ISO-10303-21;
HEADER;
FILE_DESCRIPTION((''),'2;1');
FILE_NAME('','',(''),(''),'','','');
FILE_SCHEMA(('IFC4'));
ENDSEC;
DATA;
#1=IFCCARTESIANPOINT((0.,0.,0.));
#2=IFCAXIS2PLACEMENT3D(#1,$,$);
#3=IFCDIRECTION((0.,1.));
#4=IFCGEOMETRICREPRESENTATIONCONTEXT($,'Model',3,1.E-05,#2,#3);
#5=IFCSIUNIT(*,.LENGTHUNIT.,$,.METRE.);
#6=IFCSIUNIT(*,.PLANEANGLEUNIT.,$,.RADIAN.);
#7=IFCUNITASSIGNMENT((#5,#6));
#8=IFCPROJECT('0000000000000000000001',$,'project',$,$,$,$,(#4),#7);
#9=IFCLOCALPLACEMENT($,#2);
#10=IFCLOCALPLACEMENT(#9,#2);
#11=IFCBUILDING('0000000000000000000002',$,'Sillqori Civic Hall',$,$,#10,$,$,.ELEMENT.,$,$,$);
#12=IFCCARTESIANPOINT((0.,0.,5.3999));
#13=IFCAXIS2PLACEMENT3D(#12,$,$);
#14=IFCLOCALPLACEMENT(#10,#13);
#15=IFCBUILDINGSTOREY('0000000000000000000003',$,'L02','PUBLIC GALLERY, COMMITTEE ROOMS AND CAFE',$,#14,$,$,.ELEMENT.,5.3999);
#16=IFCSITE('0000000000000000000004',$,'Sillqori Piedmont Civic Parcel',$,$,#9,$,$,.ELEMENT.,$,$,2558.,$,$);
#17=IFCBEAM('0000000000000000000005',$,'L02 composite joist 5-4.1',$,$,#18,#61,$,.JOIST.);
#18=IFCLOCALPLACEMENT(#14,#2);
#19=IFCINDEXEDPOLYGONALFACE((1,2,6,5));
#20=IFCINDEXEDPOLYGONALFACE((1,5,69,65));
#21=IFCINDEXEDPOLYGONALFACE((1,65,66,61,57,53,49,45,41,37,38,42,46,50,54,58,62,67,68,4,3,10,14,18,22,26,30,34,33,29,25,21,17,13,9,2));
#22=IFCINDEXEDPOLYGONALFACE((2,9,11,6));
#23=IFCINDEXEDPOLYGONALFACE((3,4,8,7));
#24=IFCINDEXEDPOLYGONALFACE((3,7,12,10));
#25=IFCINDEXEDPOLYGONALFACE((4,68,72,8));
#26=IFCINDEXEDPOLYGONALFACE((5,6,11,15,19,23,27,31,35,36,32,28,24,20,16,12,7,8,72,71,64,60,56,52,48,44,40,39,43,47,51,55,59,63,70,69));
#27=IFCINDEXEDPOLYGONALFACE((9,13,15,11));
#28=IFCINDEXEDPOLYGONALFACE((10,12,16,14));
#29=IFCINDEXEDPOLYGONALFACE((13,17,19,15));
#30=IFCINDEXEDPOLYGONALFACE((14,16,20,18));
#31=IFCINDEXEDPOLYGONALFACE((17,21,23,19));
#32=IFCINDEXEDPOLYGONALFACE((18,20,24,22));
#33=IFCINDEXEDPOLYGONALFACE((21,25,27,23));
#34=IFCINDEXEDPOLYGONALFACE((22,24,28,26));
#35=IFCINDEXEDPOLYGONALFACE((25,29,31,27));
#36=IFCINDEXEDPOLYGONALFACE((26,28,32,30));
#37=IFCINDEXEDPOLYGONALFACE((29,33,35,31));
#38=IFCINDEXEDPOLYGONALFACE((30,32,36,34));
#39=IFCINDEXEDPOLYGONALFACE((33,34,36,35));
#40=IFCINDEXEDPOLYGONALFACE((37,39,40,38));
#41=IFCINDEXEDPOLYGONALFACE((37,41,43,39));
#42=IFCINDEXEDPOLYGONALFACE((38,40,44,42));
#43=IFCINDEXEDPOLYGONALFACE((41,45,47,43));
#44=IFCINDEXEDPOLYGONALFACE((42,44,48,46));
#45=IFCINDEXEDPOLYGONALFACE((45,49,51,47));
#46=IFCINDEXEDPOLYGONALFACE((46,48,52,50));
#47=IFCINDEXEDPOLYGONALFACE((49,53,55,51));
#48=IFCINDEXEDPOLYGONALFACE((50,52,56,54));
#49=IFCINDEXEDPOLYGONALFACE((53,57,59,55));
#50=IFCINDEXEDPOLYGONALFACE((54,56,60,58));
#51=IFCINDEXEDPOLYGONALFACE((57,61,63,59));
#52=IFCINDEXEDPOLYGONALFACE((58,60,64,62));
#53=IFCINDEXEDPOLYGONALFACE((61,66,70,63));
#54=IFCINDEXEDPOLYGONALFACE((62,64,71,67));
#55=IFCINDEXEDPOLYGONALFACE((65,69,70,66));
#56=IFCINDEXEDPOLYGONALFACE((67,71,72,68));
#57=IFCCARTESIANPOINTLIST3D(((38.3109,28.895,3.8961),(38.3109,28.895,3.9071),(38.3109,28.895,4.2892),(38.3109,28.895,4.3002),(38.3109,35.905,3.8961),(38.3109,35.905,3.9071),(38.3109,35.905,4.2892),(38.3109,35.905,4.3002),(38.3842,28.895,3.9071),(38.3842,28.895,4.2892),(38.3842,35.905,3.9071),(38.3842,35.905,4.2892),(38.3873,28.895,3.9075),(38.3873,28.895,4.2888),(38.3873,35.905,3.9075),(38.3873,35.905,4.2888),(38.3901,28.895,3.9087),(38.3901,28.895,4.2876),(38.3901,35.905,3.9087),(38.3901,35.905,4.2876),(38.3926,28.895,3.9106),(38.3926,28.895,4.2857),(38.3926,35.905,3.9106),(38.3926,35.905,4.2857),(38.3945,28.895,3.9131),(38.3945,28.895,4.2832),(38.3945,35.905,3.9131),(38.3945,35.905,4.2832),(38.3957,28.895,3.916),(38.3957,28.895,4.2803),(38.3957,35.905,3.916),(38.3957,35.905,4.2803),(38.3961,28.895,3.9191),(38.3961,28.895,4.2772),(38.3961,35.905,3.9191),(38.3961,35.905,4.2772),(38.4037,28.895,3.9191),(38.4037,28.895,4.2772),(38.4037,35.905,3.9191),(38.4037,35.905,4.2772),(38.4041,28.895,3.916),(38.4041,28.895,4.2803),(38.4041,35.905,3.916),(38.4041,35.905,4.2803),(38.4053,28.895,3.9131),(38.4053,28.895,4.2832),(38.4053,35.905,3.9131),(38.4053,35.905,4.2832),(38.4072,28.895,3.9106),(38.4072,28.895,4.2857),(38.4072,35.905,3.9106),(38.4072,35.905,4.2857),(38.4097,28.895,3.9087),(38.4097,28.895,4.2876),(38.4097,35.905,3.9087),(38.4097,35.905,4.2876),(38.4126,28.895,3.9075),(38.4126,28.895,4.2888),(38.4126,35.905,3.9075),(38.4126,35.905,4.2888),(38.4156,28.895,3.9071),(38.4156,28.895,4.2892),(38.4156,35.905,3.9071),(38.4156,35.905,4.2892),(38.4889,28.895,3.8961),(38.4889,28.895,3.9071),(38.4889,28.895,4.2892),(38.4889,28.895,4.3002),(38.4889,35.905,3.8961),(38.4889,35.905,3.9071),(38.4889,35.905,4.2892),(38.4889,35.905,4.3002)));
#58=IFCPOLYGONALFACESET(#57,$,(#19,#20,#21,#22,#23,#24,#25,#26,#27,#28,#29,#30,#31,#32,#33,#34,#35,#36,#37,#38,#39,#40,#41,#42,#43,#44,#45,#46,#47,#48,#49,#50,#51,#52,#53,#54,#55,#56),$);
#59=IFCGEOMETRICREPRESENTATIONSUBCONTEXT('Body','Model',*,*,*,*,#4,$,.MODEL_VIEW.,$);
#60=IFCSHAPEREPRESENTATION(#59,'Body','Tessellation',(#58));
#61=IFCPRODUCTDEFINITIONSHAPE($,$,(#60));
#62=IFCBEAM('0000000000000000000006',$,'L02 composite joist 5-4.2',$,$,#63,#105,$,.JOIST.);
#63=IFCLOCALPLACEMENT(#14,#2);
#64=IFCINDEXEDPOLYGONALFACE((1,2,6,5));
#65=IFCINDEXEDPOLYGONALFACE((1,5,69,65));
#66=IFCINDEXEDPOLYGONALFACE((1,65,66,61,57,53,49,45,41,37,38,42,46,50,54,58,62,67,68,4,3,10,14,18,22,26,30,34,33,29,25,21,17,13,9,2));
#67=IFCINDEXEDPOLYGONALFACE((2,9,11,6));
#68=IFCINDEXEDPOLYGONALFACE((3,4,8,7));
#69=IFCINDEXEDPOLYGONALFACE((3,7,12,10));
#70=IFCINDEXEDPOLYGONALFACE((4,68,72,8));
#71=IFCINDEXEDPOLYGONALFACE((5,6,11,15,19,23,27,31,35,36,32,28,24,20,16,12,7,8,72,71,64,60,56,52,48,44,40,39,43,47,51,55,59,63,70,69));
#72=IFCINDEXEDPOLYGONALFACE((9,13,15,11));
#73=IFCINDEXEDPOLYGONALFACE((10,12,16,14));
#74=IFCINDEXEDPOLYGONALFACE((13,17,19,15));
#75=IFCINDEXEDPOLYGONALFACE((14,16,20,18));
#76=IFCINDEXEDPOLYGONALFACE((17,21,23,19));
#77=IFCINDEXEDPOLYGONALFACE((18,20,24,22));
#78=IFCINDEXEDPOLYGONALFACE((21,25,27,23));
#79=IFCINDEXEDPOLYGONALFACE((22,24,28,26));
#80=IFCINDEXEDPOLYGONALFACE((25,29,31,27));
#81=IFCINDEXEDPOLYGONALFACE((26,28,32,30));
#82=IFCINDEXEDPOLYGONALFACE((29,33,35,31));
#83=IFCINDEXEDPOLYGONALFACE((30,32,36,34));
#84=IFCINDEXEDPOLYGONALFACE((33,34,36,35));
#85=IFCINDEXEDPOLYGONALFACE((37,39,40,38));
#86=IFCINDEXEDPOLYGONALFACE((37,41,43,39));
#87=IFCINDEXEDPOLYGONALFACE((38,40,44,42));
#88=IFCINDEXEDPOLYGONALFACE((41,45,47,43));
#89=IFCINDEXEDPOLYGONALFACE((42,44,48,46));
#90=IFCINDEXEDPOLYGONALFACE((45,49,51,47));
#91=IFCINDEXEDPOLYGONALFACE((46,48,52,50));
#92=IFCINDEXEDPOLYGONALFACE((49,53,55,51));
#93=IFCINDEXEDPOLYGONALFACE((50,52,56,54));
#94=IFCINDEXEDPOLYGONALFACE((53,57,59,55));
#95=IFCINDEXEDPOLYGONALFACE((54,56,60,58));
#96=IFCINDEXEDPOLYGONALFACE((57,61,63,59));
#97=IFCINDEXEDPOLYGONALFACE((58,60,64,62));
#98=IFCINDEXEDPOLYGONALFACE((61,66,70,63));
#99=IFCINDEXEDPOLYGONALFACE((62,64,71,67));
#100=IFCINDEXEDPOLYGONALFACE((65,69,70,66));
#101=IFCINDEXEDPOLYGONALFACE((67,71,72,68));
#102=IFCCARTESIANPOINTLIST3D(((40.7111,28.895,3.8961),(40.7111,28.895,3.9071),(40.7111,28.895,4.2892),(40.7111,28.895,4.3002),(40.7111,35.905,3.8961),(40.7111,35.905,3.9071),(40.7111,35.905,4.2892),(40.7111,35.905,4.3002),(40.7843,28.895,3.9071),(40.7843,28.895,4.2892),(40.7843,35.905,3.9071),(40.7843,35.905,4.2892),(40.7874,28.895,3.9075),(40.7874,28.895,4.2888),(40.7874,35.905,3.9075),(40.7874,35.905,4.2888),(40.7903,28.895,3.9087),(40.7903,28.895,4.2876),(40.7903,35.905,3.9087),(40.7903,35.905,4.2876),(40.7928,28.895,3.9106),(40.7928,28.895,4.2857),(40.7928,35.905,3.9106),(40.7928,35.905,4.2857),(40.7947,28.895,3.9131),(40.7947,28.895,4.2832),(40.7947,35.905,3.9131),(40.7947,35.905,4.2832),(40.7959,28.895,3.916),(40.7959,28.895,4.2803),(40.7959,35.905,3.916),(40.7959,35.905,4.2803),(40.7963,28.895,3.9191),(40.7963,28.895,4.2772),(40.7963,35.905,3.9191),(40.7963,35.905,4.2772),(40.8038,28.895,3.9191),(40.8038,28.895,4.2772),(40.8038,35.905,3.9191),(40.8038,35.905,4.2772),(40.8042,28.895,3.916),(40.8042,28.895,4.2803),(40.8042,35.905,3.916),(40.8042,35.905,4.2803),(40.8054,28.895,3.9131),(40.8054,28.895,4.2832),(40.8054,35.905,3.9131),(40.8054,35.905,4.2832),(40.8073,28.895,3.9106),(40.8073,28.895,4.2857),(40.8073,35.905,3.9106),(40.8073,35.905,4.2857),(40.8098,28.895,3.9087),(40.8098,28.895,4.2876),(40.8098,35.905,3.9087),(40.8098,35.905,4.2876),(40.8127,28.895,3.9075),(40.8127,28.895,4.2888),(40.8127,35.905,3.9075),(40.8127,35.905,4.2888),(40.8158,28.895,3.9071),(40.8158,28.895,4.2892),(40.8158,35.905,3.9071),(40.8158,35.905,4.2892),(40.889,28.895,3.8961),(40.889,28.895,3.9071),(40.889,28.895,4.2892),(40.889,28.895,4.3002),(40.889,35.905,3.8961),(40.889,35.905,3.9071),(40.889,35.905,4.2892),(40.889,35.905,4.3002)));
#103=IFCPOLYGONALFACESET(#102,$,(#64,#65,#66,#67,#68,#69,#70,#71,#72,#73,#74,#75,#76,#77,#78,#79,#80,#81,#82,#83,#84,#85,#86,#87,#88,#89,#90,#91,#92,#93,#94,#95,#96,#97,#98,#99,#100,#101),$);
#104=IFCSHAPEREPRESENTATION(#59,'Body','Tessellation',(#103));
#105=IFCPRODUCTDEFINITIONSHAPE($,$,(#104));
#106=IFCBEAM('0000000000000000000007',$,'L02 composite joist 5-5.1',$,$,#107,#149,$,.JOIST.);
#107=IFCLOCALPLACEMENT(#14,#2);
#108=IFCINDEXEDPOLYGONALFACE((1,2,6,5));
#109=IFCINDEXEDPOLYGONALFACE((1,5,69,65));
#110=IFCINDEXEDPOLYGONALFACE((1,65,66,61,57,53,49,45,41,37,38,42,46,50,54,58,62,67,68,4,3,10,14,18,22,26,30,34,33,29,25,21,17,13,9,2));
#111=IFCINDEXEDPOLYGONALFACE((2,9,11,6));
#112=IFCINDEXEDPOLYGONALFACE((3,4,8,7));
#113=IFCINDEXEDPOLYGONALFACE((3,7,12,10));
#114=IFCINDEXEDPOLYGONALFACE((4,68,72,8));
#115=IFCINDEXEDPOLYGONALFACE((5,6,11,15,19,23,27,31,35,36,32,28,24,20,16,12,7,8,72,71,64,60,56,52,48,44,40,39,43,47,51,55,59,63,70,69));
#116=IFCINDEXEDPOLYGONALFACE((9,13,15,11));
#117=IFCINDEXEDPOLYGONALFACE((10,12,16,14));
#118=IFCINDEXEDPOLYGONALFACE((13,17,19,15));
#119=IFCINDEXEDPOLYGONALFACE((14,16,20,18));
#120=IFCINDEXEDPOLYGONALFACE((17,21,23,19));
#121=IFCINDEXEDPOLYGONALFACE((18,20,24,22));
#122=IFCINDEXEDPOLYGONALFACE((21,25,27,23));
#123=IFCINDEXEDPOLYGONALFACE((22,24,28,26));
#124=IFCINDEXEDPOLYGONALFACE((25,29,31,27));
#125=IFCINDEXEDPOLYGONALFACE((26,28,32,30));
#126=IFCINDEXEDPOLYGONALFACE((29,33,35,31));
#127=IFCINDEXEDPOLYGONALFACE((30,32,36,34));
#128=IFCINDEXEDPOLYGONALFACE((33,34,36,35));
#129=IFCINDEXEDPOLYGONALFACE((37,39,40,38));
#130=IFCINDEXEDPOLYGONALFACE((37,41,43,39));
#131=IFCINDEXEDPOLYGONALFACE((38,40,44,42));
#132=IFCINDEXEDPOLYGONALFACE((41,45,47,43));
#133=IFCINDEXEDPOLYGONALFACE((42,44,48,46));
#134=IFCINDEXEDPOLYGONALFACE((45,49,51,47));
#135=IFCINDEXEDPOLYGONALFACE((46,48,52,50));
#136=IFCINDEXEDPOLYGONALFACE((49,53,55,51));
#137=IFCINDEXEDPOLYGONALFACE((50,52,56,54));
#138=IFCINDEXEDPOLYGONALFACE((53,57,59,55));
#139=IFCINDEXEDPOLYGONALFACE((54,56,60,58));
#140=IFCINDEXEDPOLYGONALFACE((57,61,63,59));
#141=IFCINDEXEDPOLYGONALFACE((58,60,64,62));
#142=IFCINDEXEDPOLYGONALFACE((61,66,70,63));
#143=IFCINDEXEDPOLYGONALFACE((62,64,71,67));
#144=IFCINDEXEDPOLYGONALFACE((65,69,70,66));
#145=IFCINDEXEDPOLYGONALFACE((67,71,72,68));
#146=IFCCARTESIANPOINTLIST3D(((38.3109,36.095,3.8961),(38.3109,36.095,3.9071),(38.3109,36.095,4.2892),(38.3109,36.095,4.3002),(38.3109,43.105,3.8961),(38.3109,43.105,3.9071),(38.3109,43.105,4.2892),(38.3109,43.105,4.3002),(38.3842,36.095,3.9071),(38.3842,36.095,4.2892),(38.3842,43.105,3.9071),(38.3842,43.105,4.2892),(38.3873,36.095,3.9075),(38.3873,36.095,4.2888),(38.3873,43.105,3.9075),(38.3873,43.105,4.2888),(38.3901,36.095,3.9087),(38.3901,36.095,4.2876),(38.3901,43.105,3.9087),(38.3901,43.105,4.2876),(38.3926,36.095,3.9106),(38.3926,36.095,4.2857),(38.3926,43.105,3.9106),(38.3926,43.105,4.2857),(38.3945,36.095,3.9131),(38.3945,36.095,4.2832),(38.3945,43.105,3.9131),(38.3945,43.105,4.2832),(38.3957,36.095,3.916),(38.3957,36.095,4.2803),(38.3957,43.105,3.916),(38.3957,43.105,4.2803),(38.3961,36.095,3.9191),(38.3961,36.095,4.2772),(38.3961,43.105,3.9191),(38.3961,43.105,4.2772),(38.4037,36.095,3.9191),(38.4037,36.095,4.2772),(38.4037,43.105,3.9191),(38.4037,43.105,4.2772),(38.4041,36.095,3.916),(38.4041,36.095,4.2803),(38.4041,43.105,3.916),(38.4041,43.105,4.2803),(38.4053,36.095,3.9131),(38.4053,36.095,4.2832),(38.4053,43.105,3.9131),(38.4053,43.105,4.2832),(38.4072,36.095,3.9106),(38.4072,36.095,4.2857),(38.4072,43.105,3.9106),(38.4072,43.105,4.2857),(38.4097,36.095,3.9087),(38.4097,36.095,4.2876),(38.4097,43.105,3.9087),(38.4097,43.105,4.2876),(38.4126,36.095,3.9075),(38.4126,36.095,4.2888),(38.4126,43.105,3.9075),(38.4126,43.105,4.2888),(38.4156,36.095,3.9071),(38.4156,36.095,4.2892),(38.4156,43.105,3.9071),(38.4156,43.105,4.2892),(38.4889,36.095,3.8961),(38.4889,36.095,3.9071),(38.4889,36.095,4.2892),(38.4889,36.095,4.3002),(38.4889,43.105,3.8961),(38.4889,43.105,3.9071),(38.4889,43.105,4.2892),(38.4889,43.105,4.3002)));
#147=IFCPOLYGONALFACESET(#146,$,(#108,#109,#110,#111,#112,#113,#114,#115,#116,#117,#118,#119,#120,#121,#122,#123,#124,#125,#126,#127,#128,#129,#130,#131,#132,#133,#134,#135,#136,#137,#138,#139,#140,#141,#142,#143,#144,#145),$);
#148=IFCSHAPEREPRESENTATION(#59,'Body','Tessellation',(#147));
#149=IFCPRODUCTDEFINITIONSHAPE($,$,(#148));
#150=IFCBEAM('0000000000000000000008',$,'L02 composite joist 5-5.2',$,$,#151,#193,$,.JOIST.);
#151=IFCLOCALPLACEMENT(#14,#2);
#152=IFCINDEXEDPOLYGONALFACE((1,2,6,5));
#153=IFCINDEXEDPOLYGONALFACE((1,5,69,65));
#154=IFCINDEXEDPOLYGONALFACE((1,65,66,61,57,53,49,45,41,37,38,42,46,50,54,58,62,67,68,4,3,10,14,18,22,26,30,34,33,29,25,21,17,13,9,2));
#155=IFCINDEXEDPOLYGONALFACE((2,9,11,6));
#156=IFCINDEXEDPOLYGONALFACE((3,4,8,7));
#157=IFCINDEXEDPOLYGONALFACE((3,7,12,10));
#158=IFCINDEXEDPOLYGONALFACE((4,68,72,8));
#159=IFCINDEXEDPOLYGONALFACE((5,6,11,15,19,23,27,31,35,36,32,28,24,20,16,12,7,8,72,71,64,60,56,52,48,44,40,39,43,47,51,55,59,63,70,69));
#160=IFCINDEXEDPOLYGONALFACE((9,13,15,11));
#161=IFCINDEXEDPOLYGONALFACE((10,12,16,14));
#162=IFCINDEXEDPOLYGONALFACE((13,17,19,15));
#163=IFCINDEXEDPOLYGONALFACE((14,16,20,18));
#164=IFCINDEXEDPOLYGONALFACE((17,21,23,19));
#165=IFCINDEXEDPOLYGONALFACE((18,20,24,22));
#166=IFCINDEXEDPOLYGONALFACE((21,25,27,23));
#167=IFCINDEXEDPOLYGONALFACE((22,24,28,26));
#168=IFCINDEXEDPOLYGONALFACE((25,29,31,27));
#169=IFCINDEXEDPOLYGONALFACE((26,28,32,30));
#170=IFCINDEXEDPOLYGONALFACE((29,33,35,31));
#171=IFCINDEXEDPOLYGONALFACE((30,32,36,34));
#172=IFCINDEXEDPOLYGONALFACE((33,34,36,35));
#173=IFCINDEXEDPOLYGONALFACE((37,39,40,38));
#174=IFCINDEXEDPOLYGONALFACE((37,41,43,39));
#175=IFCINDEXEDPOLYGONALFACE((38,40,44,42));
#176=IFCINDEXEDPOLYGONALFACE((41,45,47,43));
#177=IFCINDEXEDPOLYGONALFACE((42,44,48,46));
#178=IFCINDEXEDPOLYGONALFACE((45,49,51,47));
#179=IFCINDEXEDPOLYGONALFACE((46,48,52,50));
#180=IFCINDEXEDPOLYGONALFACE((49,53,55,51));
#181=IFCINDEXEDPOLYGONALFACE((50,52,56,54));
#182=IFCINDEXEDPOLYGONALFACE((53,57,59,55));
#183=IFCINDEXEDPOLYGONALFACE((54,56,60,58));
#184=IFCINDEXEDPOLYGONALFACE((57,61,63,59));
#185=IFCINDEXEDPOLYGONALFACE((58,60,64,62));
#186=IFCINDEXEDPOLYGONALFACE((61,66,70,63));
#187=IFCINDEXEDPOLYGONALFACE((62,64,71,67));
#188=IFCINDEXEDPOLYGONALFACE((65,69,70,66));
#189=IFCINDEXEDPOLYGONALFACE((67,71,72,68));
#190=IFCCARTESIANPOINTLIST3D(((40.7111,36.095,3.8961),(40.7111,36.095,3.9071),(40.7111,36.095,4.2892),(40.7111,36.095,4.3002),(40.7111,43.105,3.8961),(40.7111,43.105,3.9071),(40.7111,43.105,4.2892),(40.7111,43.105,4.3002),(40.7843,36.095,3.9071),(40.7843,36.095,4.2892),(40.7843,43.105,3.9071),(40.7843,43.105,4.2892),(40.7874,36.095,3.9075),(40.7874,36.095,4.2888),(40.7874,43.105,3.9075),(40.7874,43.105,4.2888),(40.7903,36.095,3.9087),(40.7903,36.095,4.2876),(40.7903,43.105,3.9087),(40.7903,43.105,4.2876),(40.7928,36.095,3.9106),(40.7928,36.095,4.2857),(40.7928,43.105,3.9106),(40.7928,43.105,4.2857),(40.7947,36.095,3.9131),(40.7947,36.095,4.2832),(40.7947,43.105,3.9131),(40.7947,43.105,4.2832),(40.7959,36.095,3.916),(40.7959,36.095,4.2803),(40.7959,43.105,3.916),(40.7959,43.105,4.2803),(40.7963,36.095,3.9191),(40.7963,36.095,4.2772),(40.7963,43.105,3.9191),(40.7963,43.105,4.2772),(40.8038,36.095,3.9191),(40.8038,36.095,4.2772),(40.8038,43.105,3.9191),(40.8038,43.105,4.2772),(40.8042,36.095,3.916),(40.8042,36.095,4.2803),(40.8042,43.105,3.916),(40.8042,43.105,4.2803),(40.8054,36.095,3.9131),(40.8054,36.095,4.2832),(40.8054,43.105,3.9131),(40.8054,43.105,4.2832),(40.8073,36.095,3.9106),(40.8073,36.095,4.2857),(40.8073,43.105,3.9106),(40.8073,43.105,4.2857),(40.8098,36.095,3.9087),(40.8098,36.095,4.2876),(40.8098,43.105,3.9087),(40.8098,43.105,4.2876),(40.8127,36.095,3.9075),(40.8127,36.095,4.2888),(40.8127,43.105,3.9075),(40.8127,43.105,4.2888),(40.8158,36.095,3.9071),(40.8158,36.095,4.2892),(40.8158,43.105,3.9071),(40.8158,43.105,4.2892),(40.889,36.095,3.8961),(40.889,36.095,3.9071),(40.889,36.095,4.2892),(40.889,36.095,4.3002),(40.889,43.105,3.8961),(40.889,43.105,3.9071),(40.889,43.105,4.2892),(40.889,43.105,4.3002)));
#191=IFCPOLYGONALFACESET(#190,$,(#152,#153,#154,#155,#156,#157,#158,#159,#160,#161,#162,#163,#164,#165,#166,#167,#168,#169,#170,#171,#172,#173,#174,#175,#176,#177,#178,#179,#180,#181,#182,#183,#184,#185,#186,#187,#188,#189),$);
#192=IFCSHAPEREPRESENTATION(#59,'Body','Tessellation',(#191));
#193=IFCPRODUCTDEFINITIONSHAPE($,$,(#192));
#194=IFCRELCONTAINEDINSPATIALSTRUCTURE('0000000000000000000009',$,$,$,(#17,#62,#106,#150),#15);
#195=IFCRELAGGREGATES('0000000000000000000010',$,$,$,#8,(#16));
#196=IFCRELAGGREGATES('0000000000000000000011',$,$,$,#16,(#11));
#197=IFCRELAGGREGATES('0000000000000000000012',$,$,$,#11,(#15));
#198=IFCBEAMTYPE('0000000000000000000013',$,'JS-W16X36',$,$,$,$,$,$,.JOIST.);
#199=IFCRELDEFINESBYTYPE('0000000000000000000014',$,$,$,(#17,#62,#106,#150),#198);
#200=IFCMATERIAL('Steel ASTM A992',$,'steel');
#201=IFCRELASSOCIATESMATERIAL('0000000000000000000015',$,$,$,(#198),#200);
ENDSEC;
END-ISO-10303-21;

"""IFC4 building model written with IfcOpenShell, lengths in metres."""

from ifc_helpers import new_model, si_unit, direction, frame, origin, origin_2d, place, context, subcontext, project, spatial, i_section, extrude, material, material_profile, profile_set, type_object, element, save


model = new_model("IFC4")

# Units and contexts
model_context = context("Model", 3, precision=1e-05, world=origin(), true_north=direction((0.0, 1.0)))
body_context = subcontext(model_context, "Body", "Model", "MODEL_VIEW")
ifc_project = project(units=[si_unit("LENGTHUNIT", "METRE"), si_unit("PLANEANGLEUNIT", "RADIAN")], contexts=[model_context])

# Site, building, storey
site_placement = place(None, origin())
site = spatial("IfcSite", under=ifc_project, at=site_placement, Name="Sillqori Piedmont Civic Parcel", CompositionType="ELEMENT", RefElevation=2558.0)
building_placement = place(site_placement, origin())
building = spatial("IfcBuilding", under=site, at=building_placement, Name="Sillqori Civic Hall", CompositionType="ELEMENT")
storey_placement = place(building_placement, frame((0.0, 0.0, 5.3999)))
storey = spatial("IfcBuildingStorey", under=building, at=storey_placement, Name="L02", Description="PUBLIC GALLERY, COMMITTEE ROOMS AND CAFE", CompositionType="ELEMENT", Elevation=5.3999)

# Shared definitions
ifc_material_1 = material(Name="Steel ASTM A992", Category="steel")

# Beams
ifc_material_profile_1 = material_profile(ifc_material_1, i_section(OverallWidth=0.178, OverallDepth=0.4041, WebThickness=0.0076, FlangeThickness=0.011, FilletRadius=0.012, at=origin_2d()), Name="W16X36")
ifc_profile_set_1 = profile_set([ifc_material_profile_1], Name="Steel ASTM A992")
beam_type_1 = type_object("IfcBeamType", Name="JS-W16X36", PredefinedType="JOIST", material=ifc_profile_set_1)
for number, where, z_axis, x_axis, name in (
    (1, (38.3999, 28.895, 4.0981), (0.0, 1.0, 0.0), (-1.0, 0.0, 0.0), "L02 composite joist 5-4.1"),
    (2, (40.8, 28.895, 4.0981), (0.0, 1.0, 0.0), (-1.0, 0.0, 0.0), "L02 composite joist 5-4.2"),
    (3, (38.3999, 36.095, 4.0981), (0.0, 1.0, 0.0), (-1.0, 0.0, 0.0), "L02 composite joist 5-5.1"),
    (4, (40.8, 36.095, 4.0981), (0.0, 1.0, 0.0), (-1.0, 0.0, 0.0), "L02 composite joist 5-5.2"),
):
    element("IfcBeam", number, at=place(storey_placement, frame(where, z_axis=z_axis, x_axis=x_axis)), inside=storey, type_object=beam_type_1, Name=name, PredefinedType="JOIST", context=body_context, shape_type="SweptSolid", body=[
        extrude(i_section(OverallWidth=0.178, OverallDepth=0.4041, WebThickness=0.0076, FlangeThickness=0.011, FilletRadius=0.012, at=origin_2d()), origin(), (0.0, 0.0, 1.0), 7.01),
    ])

save(model, "model.ifc")
